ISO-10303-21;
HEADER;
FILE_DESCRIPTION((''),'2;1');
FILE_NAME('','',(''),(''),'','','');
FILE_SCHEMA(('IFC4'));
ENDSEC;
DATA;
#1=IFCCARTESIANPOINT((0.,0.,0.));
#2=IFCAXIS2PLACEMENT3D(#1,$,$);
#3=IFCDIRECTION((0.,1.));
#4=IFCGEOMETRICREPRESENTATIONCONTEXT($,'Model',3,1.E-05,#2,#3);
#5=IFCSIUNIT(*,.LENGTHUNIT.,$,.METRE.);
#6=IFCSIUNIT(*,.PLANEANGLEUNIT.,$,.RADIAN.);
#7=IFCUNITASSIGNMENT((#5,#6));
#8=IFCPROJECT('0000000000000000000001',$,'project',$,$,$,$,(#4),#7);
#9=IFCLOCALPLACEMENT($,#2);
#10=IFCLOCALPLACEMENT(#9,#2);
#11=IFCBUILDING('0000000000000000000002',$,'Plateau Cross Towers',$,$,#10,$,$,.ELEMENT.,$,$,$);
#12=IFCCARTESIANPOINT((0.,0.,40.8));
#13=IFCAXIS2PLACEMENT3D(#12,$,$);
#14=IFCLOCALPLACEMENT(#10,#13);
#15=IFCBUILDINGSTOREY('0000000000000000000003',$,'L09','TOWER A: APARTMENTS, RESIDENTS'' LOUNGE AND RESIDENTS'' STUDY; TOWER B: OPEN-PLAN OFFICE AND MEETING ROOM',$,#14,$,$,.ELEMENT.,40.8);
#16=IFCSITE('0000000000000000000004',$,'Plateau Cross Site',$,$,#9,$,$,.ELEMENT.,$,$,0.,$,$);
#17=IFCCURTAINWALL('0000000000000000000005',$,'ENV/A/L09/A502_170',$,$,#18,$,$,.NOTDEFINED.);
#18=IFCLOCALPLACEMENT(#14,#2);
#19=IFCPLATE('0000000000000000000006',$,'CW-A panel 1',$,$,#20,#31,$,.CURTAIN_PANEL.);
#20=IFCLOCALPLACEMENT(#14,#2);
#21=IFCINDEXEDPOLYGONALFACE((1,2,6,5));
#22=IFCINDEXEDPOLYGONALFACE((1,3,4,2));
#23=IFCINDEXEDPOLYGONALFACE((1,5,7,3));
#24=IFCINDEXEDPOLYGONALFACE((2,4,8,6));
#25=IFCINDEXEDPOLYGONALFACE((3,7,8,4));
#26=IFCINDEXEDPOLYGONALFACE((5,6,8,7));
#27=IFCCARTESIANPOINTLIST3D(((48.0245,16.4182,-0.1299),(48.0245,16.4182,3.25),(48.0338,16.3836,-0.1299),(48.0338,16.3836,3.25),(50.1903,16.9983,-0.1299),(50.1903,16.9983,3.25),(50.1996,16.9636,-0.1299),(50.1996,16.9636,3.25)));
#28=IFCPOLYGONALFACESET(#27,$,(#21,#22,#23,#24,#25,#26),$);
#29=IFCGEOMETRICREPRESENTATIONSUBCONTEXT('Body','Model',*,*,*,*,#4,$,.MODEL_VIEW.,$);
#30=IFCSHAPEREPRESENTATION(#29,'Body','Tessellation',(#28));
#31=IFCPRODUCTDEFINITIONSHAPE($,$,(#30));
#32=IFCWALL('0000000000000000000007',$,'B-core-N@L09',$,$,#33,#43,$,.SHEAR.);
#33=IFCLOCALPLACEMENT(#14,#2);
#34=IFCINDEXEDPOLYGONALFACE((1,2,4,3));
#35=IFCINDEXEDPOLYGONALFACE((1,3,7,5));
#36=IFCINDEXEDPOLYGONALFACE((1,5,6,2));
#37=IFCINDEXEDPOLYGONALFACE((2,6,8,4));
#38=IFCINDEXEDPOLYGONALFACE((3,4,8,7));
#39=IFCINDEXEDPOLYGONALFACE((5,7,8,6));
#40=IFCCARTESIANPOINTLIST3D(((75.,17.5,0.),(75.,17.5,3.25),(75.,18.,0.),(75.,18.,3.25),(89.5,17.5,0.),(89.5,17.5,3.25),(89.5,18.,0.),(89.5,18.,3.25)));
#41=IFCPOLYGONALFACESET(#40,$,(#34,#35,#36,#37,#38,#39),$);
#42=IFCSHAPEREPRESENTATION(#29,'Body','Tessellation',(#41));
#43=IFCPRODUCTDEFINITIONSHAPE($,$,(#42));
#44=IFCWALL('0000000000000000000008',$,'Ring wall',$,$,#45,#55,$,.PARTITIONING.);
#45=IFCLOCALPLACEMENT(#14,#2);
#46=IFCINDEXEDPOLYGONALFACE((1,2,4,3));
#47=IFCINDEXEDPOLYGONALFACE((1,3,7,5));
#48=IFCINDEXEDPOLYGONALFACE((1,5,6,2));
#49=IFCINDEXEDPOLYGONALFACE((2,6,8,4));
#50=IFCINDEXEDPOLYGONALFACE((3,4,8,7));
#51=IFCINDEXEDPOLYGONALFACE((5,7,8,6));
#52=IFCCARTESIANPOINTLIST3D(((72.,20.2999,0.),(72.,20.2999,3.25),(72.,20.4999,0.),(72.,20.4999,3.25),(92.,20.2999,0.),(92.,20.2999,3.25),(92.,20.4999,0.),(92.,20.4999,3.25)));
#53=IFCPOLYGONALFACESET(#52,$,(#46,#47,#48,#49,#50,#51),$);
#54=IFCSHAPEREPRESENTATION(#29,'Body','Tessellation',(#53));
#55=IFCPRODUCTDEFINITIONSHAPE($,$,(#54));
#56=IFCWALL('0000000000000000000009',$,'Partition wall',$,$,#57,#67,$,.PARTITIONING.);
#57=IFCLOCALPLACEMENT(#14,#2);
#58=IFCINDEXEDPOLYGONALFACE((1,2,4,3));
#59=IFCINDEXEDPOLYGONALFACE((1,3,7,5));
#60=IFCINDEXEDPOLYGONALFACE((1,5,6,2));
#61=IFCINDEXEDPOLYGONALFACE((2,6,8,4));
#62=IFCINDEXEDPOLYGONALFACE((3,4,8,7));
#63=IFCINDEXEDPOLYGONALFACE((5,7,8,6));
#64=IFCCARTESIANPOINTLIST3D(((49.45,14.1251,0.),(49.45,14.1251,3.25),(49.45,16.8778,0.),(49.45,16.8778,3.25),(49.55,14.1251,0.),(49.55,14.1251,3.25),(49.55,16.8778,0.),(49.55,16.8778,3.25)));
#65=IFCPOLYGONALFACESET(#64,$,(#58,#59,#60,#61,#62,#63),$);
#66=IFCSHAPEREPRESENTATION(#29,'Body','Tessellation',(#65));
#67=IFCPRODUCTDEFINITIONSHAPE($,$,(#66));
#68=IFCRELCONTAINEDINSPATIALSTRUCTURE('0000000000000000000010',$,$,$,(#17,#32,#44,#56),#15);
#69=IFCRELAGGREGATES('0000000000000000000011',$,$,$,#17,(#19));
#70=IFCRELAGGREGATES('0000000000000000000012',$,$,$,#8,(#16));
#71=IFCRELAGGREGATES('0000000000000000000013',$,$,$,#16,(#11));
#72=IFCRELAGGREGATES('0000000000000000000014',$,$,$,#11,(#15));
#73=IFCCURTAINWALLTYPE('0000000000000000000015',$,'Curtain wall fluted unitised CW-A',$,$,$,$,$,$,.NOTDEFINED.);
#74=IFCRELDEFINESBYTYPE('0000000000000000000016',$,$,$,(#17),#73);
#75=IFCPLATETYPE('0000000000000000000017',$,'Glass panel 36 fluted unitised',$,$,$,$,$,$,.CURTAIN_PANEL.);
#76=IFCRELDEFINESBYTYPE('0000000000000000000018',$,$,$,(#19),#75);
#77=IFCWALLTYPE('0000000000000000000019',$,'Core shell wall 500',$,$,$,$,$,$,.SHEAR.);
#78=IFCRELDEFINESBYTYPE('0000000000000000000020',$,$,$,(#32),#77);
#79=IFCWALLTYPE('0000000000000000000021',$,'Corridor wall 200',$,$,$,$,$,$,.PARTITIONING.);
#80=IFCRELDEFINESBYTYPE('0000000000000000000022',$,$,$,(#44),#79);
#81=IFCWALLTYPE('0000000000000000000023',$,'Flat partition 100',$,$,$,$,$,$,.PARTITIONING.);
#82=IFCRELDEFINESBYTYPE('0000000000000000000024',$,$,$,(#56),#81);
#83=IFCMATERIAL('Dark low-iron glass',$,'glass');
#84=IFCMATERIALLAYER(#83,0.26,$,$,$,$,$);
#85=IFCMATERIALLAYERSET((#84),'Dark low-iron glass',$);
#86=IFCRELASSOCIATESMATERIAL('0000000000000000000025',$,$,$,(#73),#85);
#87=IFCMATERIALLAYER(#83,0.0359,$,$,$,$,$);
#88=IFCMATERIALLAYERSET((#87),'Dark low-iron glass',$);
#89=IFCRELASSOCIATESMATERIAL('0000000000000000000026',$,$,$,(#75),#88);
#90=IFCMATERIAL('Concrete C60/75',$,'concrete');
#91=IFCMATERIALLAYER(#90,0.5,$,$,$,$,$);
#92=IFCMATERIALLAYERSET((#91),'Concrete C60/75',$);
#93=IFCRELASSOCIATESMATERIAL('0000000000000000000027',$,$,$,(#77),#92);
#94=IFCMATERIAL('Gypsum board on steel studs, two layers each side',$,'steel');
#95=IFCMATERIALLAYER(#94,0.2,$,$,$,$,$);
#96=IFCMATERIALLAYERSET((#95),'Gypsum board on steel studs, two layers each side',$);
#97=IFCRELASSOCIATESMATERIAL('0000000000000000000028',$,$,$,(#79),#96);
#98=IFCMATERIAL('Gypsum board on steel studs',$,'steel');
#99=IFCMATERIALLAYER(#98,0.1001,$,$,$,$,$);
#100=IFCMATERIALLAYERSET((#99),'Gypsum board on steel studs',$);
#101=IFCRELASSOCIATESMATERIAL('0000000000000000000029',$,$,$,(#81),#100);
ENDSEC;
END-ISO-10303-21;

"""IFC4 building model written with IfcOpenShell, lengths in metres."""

from ifc_helpers import new_model, si_unit, direction, frame, frame_2d, origin, origin_2d, place, context, subcontext, project, spatial, rectangle, extrude, material, layer, layer_set, type_object, element, aggregate, save


model = new_model("IFC4")

# Units and contexts
model_context = context("Model", 3, precision=1e-05, world=origin(), true_north=direction((0.0, 1.0)))
body_context = subcontext(model_context, "Body", "Model", "MODEL_VIEW")
ifc_project = project(units=[si_unit("LENGTHUNIT", "METRE"), si_unit("PLANEANGLEUNIT", "RADIAN")], contexts=[model_context])

# Site, building, storey
site_placement = place(None, origin())
site = spatial("IfcSite", under=ifc_project, at=site_placement, Name="Plateau Cross Site", CompositionType="ELEMENT", RefElevation=0.0)
building_placement = place(site_placement, origin())
building = spatial("IfcBuilding", under=site, at=building_placement, Name="Plateau Cross Towers", CompositionType="ELEMENT")
storey_placement = place(building_placement, frame((0.0, 0.0, 40.8)))
storey = spatial("IfcBuildingStorey", under=building, at=storey_placement, Name="L09", Description="TOWER A: APARTMENTS, RESIDENTS' LOUNGE AND RESIDENTS' STUDY; TOWER B: OPEN-PLAN OFFICE AND MEETING ROOM", CompositionType="ELEMENT", Elevation=40.8)

# Shared definitions
ifc_material_1 = material(Name="Concrete C60/75", Category="concrete")

# Shared definitions
ifc_material_2 = material(Name="Dark low-iron glass", Category="glass")

# Curtain wall
ifc_layer_1 = layer(ifc_material_2, 0.26)
ifc_layer_set_1 = layer_set([ifc_layer_1], Name="Dark low-iron glass")
curtain_wall_type_1 = type_object("IfcCurtainWallType", Name="Curtain wall fluted unitised CW-A", PredefinedType="NOTDEFINED", material=ifc_layer_set_1)
curtain_wall_1_placement = place(storey_placement, origin())
curtain_wall_1 = element("IfcCurtainWall", 1, at=curtain_wall_1_placement, inside=storey, type_object=curtain_wall_type_1, Name="ENV/A/L09/A502_170", PredefinedType="NOTDEFINED")

# Plate
ifc_layer_2 = layer(ifc_material_2, 0.0359)
ifc_layer_set_2 = layer_set([ifc_layer_2], Name="Dark low-iron glass")
plate_type_1 = type_object("IfcPlateType", Name="Glass panel 36 fluted unitised", PredefinedType="CURTAIN_PANEL", material=ifc_layer_set_2)
plate_1_placement = place(storey_placement, frame((49.1121, 16.6909, -0.1299), z_axis=(0.0, 0.0, 1.0), x_axis=(-0.965958, -0.258699, 0.0)))
plate_1 = element("IfcPlate", 2, at=plate_1_placement, type_object=plate_type_1, Name="CW-A panel 1", PredefinedType="CURTAIN_PANEL", context=body_context, shape_type="SweptSolid", body=[
    extrude(rectangle(XDim=2.2422, YDim=0.0359, at=origin_2d()), origin(), (0.0, 0.0, 1.0), 3.3799),
])
aggregate(curtain_wall_1, [plate_1])

# Walls
ifc_layer_3 = layer(ifc_material_1, 0.5)
ifc_layer_set_3 = layer_set([ifc_layer_3], Name="Concrete C60/75")
wall_type_1 = type_object("IfcWallType", Name="Core shell wall 500", PredefinedType="SHEAR", material=ifc_layer_set_3)
wall_1_placement = place(storey_placement, frame((75.0, 17.75, 0.0), z_axis=(0.0, 0.0, 1.0), x_axis=(1.0, 0.0, 0.0)))
element("IfcWall", 3, at=wall_1_placement, inside=storey, type_object=wall_type_1, Name="B-core-N@L09", PredefinedType="SHEAR", context=body_context, shape_type="SweptSolid", body=[
    extrude(rectangle(XDim=14.5, YDim=0.5, at=frame_2d((7.25, 0.0))), origin(), (0.0, 0.0, 1.0), 3.25),
])
ifc_material_3 = material(Name="Gypsum board on steel studs, two layers each side", Category="steel")
ifc_layer_4 = layer(ifc_material_3, 0.2)
ifc_layer_set_4 = layer_set([ifc_layer_4], Name="Gypsum board on steel studs, two layers each side")
wall_type_2 = type_object("IfcWallType", Name="Corridor wall 200", PredefinedType="PARTITIONING", material=ifc_layer_set_4)
wall_2_placement = place(storey_placement, frame((72.0, 20.3999, 0.0), z_axis=(0.0, 0.0, 1.0), x_axis=(1.0, 0.0, 0.0)))
element("IfcWall", 4, at=wall_2_placement, inside=storey, type_object=wall_type_2, Name="Ring wall", PredefinedType="PARTITIONING", context=body_context, shape_type="SweptSolid", body=[
    extrude(rectangle(XDim=20.0, YDim=0.2, at=frame_2d((10.0, 0.0))), origin(), (0.0, 0.0, 1.0), 3.25),
])
ifc_material_4 = material(Name="Gypsum board on steel studs", Category="steel")
ifc_layer_5 = layer(ifc_material_4, 0.1001)
ifc_layer_set_5 = layer_set([ifc_layer_5], Name="Gypsum board on steel studs")
wall_type_3 = type_object("IfcWallType", Name="Flat partition 100", PredefinedType="PARTITIONING", material=ifc_layer_set_5)
wall_3_placement = place(storey_placement, frame((49.5, 14.125, 0.0), z_axis=(0.0, 0.0, 1.0), x_axis=(0.0, 1.0, 0.0)))
element("IfcWall", 5, at=wall_3_placement, inside=storey, type_object=wall_type_3, Name="Partition wall", PredefinedType="PARTITIONING", context=body_context, shape_type="SweptSolid", body=[
    extrude(rectangle(XDim=2.7527, YDim=0.1001, at=frame_2d((1.3765, 0.0))), origin(), (0.0, 0.0, 1.0), 3.25),
])

save(model, "model.ifc")
